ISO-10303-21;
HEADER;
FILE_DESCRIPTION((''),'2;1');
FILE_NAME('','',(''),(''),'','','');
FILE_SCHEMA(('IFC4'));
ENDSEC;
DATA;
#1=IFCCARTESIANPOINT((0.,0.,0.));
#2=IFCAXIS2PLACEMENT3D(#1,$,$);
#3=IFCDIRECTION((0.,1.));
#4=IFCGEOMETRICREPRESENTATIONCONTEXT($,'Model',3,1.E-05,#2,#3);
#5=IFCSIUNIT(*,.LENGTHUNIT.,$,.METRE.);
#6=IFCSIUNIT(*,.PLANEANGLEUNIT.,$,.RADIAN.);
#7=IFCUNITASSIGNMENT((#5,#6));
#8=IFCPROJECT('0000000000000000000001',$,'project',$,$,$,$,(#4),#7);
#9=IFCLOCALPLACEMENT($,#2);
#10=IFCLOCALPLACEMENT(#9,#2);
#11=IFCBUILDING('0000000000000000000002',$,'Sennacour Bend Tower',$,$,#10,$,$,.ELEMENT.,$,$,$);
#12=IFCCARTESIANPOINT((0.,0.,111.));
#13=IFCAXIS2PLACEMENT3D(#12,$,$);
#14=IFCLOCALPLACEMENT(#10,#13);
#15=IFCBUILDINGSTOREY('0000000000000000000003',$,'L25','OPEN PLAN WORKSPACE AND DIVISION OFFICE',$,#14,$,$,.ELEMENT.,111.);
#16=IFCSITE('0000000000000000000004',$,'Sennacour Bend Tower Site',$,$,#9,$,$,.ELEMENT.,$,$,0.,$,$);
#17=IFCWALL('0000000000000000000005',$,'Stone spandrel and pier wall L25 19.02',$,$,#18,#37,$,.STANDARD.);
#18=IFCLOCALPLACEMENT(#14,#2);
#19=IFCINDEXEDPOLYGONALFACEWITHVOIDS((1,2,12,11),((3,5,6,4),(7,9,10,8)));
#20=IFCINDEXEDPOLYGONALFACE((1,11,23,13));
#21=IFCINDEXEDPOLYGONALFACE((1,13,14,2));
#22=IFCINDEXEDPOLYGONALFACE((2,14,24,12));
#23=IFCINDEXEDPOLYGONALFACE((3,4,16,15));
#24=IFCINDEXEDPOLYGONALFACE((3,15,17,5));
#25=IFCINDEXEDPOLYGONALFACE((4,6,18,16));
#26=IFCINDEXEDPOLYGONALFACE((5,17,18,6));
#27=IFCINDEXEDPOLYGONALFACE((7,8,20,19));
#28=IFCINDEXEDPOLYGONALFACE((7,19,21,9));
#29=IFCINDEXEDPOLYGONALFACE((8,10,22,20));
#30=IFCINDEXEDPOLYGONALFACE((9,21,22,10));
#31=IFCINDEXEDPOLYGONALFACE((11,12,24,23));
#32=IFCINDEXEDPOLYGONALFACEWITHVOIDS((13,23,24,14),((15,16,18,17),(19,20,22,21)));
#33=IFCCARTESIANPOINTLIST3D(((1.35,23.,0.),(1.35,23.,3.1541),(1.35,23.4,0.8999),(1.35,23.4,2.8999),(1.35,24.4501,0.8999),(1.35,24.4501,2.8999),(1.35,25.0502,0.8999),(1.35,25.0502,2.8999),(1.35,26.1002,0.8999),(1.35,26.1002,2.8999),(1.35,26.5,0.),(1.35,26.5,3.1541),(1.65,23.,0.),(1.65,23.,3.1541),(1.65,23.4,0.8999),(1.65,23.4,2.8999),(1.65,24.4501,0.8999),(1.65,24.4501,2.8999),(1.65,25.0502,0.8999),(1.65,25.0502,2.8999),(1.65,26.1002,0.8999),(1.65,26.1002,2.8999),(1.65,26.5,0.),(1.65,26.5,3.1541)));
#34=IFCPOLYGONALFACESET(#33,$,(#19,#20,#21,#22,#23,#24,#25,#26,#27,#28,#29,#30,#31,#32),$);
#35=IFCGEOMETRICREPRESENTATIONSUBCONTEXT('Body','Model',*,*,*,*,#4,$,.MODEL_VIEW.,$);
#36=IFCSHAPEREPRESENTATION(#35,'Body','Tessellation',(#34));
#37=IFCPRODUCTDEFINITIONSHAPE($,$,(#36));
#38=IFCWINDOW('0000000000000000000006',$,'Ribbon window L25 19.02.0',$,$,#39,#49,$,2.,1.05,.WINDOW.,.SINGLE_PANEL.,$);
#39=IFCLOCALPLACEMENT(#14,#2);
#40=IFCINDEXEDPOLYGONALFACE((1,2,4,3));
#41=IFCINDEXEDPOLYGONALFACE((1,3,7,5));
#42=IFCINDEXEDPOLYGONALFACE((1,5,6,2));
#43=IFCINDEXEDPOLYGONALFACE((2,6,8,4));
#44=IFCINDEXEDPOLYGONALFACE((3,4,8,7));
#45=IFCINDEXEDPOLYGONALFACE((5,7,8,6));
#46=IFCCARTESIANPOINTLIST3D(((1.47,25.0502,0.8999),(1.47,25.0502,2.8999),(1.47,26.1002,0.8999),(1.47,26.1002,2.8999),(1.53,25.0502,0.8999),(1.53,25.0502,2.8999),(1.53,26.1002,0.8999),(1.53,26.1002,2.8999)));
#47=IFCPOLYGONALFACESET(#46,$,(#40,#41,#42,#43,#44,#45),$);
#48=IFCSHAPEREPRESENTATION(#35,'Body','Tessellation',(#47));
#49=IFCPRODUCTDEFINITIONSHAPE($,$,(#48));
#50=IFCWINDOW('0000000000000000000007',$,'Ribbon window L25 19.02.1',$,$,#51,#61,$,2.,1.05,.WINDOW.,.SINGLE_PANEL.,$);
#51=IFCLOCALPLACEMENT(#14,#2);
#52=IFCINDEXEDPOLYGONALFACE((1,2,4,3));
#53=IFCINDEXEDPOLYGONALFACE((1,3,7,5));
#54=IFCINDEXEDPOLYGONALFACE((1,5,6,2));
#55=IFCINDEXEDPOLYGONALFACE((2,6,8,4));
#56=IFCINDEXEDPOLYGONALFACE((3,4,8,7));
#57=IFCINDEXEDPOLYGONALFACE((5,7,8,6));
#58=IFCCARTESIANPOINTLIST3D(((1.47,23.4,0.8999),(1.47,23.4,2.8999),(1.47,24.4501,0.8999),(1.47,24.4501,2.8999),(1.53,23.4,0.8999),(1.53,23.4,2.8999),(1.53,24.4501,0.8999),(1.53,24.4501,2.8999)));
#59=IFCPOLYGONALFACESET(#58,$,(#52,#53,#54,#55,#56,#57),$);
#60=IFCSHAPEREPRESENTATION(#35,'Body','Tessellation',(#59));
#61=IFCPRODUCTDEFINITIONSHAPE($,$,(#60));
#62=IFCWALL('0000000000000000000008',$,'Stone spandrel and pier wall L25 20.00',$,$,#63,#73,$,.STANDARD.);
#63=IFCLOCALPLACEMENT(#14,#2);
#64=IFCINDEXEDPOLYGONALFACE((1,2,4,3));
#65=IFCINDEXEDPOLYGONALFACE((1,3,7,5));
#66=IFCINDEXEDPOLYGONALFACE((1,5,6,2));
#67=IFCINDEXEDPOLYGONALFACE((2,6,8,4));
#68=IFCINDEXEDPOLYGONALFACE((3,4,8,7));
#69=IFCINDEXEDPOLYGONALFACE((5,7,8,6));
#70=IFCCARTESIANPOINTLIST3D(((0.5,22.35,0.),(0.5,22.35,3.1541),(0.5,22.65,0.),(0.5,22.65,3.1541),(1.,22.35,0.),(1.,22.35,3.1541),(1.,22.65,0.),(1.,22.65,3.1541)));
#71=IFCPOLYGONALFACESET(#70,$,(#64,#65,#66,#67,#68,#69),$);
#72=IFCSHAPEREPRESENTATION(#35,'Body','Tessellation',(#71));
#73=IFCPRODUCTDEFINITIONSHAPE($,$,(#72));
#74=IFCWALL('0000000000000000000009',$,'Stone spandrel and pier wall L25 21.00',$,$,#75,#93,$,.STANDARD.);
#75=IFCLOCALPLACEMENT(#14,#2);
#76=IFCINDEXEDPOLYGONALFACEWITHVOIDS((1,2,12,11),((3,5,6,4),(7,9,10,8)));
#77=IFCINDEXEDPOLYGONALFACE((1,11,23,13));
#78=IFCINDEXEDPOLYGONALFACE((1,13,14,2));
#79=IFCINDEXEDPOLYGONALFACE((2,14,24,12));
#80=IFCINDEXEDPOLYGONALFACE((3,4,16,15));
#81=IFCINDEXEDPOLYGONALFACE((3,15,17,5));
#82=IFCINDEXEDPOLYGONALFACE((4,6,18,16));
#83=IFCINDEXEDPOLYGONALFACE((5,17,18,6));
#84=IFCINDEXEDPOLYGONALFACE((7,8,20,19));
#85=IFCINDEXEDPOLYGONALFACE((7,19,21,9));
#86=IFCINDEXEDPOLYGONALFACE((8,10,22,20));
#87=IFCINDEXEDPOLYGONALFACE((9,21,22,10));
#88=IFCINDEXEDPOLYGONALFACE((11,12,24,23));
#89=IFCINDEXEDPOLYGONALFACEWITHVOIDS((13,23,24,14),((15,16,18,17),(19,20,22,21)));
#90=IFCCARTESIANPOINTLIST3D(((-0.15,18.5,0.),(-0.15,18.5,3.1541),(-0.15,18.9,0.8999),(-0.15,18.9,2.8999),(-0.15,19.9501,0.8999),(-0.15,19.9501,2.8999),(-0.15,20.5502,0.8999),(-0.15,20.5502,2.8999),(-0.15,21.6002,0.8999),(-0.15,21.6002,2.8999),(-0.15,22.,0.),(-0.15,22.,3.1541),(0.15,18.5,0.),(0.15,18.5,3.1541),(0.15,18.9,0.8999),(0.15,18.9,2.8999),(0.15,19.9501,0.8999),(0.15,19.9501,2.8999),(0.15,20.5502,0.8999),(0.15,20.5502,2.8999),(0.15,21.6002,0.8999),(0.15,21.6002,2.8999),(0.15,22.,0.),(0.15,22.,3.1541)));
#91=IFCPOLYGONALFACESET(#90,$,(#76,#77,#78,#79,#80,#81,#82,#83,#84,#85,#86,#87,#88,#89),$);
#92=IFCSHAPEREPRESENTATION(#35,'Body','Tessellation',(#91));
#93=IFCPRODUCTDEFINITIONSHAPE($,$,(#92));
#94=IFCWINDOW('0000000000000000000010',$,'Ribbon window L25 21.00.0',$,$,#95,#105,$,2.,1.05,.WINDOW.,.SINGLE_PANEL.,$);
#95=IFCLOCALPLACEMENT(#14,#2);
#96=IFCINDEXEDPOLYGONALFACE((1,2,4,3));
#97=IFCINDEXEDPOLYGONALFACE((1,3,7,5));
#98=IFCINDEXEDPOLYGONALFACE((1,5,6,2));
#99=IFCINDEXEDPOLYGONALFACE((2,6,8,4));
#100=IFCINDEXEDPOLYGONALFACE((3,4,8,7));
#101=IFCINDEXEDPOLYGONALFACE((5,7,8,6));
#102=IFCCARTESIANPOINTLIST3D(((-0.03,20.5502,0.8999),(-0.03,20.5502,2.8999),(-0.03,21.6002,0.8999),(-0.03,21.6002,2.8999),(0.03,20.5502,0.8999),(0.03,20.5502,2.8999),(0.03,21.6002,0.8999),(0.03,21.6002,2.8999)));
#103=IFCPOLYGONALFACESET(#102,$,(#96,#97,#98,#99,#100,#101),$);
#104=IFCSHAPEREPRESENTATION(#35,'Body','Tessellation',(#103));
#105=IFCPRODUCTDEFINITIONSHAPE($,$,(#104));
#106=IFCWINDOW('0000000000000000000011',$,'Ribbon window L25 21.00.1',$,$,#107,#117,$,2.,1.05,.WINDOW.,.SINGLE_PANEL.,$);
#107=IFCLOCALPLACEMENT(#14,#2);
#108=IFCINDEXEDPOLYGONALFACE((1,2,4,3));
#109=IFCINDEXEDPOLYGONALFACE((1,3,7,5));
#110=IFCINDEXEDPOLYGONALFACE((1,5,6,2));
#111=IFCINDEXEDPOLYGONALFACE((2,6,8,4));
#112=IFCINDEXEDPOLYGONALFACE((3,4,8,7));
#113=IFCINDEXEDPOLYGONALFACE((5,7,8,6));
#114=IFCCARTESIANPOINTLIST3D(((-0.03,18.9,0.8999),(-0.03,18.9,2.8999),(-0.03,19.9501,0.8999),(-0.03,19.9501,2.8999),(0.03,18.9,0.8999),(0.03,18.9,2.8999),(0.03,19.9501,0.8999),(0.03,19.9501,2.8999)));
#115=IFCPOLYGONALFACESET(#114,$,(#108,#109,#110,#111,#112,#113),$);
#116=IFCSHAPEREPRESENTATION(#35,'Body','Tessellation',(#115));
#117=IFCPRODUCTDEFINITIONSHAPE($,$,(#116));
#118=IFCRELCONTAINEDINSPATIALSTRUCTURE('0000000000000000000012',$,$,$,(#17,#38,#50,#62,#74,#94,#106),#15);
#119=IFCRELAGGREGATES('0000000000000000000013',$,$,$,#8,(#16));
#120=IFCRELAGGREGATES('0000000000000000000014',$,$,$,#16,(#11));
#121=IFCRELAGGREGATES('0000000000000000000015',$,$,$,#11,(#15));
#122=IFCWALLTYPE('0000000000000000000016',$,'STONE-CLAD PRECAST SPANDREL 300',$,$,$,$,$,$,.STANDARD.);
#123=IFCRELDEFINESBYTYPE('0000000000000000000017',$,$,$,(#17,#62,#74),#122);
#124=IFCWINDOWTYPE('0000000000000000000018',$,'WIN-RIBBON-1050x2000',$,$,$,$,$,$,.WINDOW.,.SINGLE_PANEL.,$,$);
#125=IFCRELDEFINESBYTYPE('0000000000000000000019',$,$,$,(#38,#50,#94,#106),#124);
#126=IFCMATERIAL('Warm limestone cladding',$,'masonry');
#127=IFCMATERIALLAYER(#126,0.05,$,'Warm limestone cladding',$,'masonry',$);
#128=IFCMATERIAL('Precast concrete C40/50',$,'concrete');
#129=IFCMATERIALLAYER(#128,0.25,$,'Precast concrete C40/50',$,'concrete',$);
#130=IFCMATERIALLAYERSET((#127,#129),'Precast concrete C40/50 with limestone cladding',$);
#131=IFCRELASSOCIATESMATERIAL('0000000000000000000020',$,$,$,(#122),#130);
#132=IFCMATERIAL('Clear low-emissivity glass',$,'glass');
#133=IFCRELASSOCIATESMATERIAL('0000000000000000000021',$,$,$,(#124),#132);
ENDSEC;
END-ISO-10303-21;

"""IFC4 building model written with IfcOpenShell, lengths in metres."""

from ifc_helpers import new_model, si_unit, direction, frame, frame_2d, origin, place, context, subcontext, project, spatial, rectangle, extrude, material, layer, layer_set, type_object, element, fill, save


model = new_model("IFC4")

# Units and contexts
model_context = context("Model", 3, precision=1e-05, world=origin(), true_north=direction((0.0, 1.0)))
body_context = subcontext(model_context, "Body", "Model", "MODEL_VIEW")
ifc_project = project(units=[si_unit("LENGTHUNIT", "METRE"), si_unit("PLANEANGLEUNIT", "RADIAN")], contexts=[model_context])

# Site, building, storey
site_placement = place(None, origin())
site = spatial("IfcSite", under=ifc_project, at=site_placement, Name="Sennacour Bend Tower Site", CompositionType="ELEMENT", RefElevation=0.0)
building_placement = place(site_placement, origin())
building = spatial("IfcBuilding", under=site, at=building_placement, Name="Sennacour Bend Tower", CompositionType="ELEMENT")
storey_placement = place(building_placement, frame((0.0, 0.0, 111.0)))
storey = spatial("IfcBuildingStorey", under=building, at=storey_placement, Name="L25", Description="OPEN PLAN WORKSPACE AND DIVISION OFFICE", CompositionType="ELEMENT", Elevation=111.0)

# Wall, openings, windows
ifc_material_1 = material(Name="Warm limestone cladding", Category="masonry")
ifc_layer_1 = layer(ifc_material_1, 0.05, Name="Warm limestone cladding", Category="masonry")
ifc_material_2 = material(Name="Precast concrete C40/50", Category="concrete")
ifc_layer_2 = layer(ifc_material_2, 0.25, Name="Precast concrete C40/50", Category="concrete")
ifc_layer_set_1 = layer_set([ifc_layer_1, ifc_layer_2], Name="Precast concrete C40/50 with limestone cladding")
wall_type_1 = type_object("IfcWallType", Name="STONE-CLAD PRECAST SPANDREL 300", PredefinedType="STANDARD", material=ifc_layer_set_1)
wall_1_placement = place(storey_placement, frame((1.5, 26.5, 0.0), z_axis=(0.0, 0.0, 1.0), x_axis=(0.0, -1.0, 0.0)))
wall_1 = element("IfcWall", 1, at=wall_1_placement, inside=storey, type_object=wall_type_1, Name="Stone spandrel and pier wall L25 19.02", PredefinedType="STANDARD", context=body_context, shape_type="SweptSolid", body=[
    extrude(rectangle(XDim=3.5, YDim=0.3, at=frame_2d((1.75, 0.0))), origin(), (0.0, 0.0, 1.0), 3.1541),
])
opening_1_placement = place(wall_1_placement, frame((0.3999, 0.0, 0.8999)))
opening_1 = element("IfcOpeningElement", 2, at=opening_1_placement, cuts=wall_1, PredefinedType="OPENING", context=body_context, shape_type="SweptSolid", body=[
    extrude(rectangle(XDim=1.05, YDim=2.0, at=frame_2d((0.5249, 1.0))), frame((0.0, 0.1602, 0.0), z_axis=(0.0, -1.0, 0.0), x_axis=(1.0, 0.0, 0.0)), (0.0, 0.0, 1.0), 0.3201),
])
opening_2_placement = place(wall_1_placement, frame((2.05, 0.0, 0.8999)))
opening_2 = element("IfcOpeningElement", 3, at=opening_2_placement, cuts=wall_1, PredefinedType="OPENING", context=body_context, shape_type="SweptSolid", body=[
    extrude(rectangle(XDim=1.05, YDim=2.0, at=frame_2d((0.5249, 1.0))), frame((0.0, 0.1602, 0.0), z_axis=(0.0, -1.0, 0.0), x_axis=(1.0, 0.0, 0.0)), (0.0, 0.0, 1.0), 0.3201),
])
ifc_material_3 = material(Name="Clear low-emissivity glass", Category="glass")
window_type = type_object("IfcWindowType", Name="WIN-RIBBON-1050x2000", PartitioningType="SINGLE_PANEL", PredefinedType="WINDOW", material=ifc_material_3)
window_1_placement = place(opening_1_placement, origin())
window_1 = element("IfcWindow", 4, at=window_1_placement, inside=storey, type_object=window_type, Name="Ribbon window L25 19.02.0", OverallHeight=2.0, OverallWidth=1.05, PartitioningType="SINGLE_PANEL", PredefinedType="WINDOW", context=body_context, shape_type="SweptSolid", body=[
    extrude(rectangle(XDim=1.05, YDim=2.0, at=frame_2d((0.5249, 1.0))), frame((0.0, 0.03, 0.0), z_axis=(0.0, -1.0, 0.0), x_axis=(1.0, 0.0, 0.0)), (0.0, 0.0, 1.0), 0.0601),
])
fill(opening_1, window_1)
window_2_placement = place(opening_2_placement, origin())
window_2 = element("IfcWindow", 5, at=window_2_placement, inside=storey, type_object=window_type, Name="Ribbon window L25 19.02.1", OverallHeight=2.0, OverallWidth=1.05, PartitioningType="SINGLE_PANEL", PredefinedType="WINDOW", context=body_context, shape_type="SweptSolid", body=[
    extrude(rectangle(XDim=1.05, YDim=2.0, at=frame_2d((0.5249, 1.0))), frame((0.0, 0.03, 0.0), z_axis=(0.0, -1.0, 0.0), x_axis=(1.0, 0.0, 0.0)), (0.0, 0.0, 1.0), 0.0601),
])
fill(opening_2, window_2)

# Wall
wall_2_placement = place(storey_placement, frame((1.0, 22.5, 0.0), z_axis=(0.0, 0.0, 1.0), x_axis=(-1.0, 0.0, 0.0)))
element("IfcWall", 6, at=wall_2_placement, inside=storey, type_object=wall_type_1, Name="Stone spandrel and pier wall L25 20.00", PredefinedType="STANDARD", context=body_context, shape_type="SweptSolid", body=[
    extrude(rectangle(XDim=0.5, YDim=0.3, at=frame_2d((0.25, 0.0))), origin(), (0.0, 0.0, 1.0), 3.1541),
])

# Wall, openings, windows
wall_3_placement = place(storey_placement, frame((0.0, 22.0, 0.0), z_axis=(0.0, 0.0, 1.0), x_axis=(0.0, -1.0, 0.0)))
wall_3 = element("IfcWall", 7, at=wall_3_placement, inside=storey, type_object=wall_type_1, Name="Stone spandrel and pier wall L25 21.00", PredefinedType="STANDARD", context=body_context, shape_type="SweptSolid", body=[
    extrude(rectangle(XDim=3.5, YDim=0.3, at=frame_2d((1.75, 0.0))), origin(), (0.0, 0.0, 1.0), 3.1541),
])
opening_3_placement = place(wall_3_placement, frame((0.3999, 0.0, 0.8999)))
opening_3 = element("IfcOpeningElement", 8, at=opening_3_placement, cuts=wall_3, PredefinedType="OPENING", context=body_context, shape_type="SweptSolid", body=[
    extrude(rectangle(XDim=1.05, YDim=2.0, at=frame_2d((0.5249, 1.0))), frame((0.0, 0.1602, 0.0), z_axis=(0.0, -1.0, 0.0), x_axis=(1.0, 0.0, 0.0)), (0.0, 0.0, 1.0), 0.3201),
])
opening_4_placement = place(wall_3_placement, frame((2.05, 0.0, 0.8999)))
opening_4 = element("IfcOpeningElement", 9, at=opening_4_placement, cuts=wall_3, PredefinedType="OPENING", context=body_context, shape_type="SweptSolid", body=[
    extrude(rectangle(XDim=1.05, YDim=2.0, at=frame_2d((0.5249, 1.0))), frame((0.0, 0.1602, 0.0), z_axis=(0.0, -1.0, 0.0), x_axis=(1.0, 0.0, 0.0)), (0.0, 0.0, 1.0), 0.3201),
])
window_3_placement = place(opening_3_placement, origin())
window_3 = element("IfcWindow", 10, at=window_3_placement, inside=storey, type_object=window_type, Name="Ribbon window L25 21.00.0", OverallHeight=2.0, OverallWidth=1.05, PartitioningType="SINGLE_PANEL", PredefinedType="WINDOW", context=body_context, shape_type="SweptSolid", body=[
    extrude(rectangle(XDim=1.05, YDim=2.0, at=frame_2d((0.5249, 1.0))), frame((0.0, 0.03, 0.0), z_axis=(0.0, -1.0, 0.0), x_axis=(1.0, 0.0, 0.0)), (0.0, 0.0, 1.0), 0.0601),
])
fill(opening_3, window_3)
window_4_placement = place(opening_4_placement, origin())
window_4 = element("IfcWindow", 11, at=window_4_placement, inside=storey, type_object=window_type, Name="Ribbon window L25 21.00.1", OverallHeight=2.0, OverallWidth=1.05, PartitioningType="SINGLE_PANEL", PredefinedType="WINDOW", context=body_context, shape_type="SweptSolid", body=[
    extrude(rectangle(XDim=1.05, YDim=2.0, at=frame_2d((0.5249, 1.0))), frame((0.0, 0.03, 0.0), z_axis=(0.0, -1.0, 0.0), x_axis=(1.0, 0.0, 0.0)), (0.0, 0.0, 1.0), 0.0601),
])
fill(opening_4, window_4)

save(model, "model.ifc")
